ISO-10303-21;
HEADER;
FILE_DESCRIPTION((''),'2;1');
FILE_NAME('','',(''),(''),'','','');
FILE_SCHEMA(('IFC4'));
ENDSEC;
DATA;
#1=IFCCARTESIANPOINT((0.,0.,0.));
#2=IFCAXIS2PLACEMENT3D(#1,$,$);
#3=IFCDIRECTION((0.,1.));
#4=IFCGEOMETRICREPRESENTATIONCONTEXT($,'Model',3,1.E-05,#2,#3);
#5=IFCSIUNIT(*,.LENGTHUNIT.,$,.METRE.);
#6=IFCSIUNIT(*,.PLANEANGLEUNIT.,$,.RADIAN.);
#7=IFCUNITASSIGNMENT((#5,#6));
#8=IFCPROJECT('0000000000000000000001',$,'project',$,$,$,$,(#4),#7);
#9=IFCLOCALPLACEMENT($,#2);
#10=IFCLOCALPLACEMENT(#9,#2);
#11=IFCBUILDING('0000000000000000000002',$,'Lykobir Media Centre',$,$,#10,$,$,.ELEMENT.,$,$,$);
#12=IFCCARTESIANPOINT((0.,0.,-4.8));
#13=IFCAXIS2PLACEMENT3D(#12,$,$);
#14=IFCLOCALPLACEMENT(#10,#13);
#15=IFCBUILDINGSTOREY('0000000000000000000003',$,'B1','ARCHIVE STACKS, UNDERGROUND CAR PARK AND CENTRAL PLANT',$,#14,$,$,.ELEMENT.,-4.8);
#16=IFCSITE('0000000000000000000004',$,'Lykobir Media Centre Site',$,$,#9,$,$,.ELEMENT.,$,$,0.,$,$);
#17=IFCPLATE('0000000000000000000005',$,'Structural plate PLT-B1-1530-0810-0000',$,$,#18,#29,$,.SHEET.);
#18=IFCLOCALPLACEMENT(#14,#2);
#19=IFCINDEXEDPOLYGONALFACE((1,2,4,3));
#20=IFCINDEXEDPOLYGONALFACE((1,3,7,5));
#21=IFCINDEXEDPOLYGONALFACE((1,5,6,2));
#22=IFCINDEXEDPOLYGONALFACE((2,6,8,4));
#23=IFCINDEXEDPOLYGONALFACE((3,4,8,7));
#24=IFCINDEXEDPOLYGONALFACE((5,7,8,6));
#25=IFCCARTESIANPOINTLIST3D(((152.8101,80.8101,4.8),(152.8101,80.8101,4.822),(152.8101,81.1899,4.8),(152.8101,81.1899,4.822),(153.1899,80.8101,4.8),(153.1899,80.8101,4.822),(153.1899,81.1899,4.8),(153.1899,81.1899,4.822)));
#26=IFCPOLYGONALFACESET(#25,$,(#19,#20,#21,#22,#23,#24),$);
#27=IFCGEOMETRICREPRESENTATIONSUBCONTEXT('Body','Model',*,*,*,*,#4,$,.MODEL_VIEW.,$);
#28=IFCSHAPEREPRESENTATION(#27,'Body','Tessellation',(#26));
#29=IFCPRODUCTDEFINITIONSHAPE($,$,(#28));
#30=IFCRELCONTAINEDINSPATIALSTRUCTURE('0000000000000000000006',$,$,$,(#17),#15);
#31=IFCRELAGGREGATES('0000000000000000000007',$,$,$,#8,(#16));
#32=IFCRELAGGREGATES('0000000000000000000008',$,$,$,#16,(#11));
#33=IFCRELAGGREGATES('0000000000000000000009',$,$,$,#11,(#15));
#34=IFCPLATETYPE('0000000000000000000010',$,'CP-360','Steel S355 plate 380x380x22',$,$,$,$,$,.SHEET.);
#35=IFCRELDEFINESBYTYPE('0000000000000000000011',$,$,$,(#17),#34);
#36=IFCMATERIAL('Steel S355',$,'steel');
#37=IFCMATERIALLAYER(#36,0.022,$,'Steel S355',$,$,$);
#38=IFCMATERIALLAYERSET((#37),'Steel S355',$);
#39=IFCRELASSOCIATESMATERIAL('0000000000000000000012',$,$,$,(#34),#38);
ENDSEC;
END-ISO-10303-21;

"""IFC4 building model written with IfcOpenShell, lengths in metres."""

from ifc_helpers import new_model, si_unit, direction, frame, origin, origin_2d, place, context, subcontext, project, spatial, rectangle, extrude, material, layer, layer_set, type_object, element, save


model = new_model("IFC4")

# Units and contexts
model_context = context("Model", 3, precision=1e-05, world=origin(), true_north=direction((0.0, 1.0)))
body_context = subcontext(model_context, "Body", "Model", "MODEL_VIEW")
ifc_project = project(units=[si_unit("LENGTHUNIT", "METRE"), si_unit("PLANEANGLEUNIT", "RADIAN")], contexts=[model_context])

# Site, building, storey
site_placement = place(None, origin())
site = spatial("IfcSite", under=ifc_project, at=site_placement, Name="Lykobir Media Centre Site", CompositionType="ELEMENT", RefElevation=0.0)
building_placement = place(site_placement, origin())
building = spatial("IfcBuilding", under=site, at=building_placement, Name="Lykobir Media Centre", CompositionType="ELEMENT")
storey_placement = place(building_placement, frame((0.0, 0.0, -4.8)))
storey = spatial("IfcBuildingStorey", under=building, at=storey_placement, Name="B1", Description="ARCHIVE STACKS, UNDERGROUND CAR PARK AND CENTRAL PLANT", CompositionType="ELEMENT", Elevation=-4.8)

# Shared definitions
ifc_material_1 = material(Name="Steel S355", Category="steel")

# Plate
ifc_layer = layer(ifc_material_1, 0.022, Name="Steel S355")
ifc_layer_set = layer_set([ifc_layer], Name="Steel S355")
plate_type = type_object("IfcPlateType", Name="CP-360", Description="Steel S355 plate 380x380x22", PredefinedType="SHEET", material=ifc_layer_set)
plate_placement = place(storey_placement, frame((153.0, 81.0, 4.8), z_axis=(0.0, 0.0, 1.0), x_axis=(1.0, 0.0, 0.0)))
element("IfcPlate", 1, at=plate_placement, inside=storey, type_object=plate_type, Name="Structural plate PLT-B1-1530-0810-0000", PredefinedType="SHEET", context=body_context, shape_type="SweptSolid", body=[
    extrude(rectangle(XDim=0.3799, YDim=0.3799, at=origin_2d()), origin(), (0.0, 0.0, 1.0), 0.022),
])

save(model, "model.ifc")
